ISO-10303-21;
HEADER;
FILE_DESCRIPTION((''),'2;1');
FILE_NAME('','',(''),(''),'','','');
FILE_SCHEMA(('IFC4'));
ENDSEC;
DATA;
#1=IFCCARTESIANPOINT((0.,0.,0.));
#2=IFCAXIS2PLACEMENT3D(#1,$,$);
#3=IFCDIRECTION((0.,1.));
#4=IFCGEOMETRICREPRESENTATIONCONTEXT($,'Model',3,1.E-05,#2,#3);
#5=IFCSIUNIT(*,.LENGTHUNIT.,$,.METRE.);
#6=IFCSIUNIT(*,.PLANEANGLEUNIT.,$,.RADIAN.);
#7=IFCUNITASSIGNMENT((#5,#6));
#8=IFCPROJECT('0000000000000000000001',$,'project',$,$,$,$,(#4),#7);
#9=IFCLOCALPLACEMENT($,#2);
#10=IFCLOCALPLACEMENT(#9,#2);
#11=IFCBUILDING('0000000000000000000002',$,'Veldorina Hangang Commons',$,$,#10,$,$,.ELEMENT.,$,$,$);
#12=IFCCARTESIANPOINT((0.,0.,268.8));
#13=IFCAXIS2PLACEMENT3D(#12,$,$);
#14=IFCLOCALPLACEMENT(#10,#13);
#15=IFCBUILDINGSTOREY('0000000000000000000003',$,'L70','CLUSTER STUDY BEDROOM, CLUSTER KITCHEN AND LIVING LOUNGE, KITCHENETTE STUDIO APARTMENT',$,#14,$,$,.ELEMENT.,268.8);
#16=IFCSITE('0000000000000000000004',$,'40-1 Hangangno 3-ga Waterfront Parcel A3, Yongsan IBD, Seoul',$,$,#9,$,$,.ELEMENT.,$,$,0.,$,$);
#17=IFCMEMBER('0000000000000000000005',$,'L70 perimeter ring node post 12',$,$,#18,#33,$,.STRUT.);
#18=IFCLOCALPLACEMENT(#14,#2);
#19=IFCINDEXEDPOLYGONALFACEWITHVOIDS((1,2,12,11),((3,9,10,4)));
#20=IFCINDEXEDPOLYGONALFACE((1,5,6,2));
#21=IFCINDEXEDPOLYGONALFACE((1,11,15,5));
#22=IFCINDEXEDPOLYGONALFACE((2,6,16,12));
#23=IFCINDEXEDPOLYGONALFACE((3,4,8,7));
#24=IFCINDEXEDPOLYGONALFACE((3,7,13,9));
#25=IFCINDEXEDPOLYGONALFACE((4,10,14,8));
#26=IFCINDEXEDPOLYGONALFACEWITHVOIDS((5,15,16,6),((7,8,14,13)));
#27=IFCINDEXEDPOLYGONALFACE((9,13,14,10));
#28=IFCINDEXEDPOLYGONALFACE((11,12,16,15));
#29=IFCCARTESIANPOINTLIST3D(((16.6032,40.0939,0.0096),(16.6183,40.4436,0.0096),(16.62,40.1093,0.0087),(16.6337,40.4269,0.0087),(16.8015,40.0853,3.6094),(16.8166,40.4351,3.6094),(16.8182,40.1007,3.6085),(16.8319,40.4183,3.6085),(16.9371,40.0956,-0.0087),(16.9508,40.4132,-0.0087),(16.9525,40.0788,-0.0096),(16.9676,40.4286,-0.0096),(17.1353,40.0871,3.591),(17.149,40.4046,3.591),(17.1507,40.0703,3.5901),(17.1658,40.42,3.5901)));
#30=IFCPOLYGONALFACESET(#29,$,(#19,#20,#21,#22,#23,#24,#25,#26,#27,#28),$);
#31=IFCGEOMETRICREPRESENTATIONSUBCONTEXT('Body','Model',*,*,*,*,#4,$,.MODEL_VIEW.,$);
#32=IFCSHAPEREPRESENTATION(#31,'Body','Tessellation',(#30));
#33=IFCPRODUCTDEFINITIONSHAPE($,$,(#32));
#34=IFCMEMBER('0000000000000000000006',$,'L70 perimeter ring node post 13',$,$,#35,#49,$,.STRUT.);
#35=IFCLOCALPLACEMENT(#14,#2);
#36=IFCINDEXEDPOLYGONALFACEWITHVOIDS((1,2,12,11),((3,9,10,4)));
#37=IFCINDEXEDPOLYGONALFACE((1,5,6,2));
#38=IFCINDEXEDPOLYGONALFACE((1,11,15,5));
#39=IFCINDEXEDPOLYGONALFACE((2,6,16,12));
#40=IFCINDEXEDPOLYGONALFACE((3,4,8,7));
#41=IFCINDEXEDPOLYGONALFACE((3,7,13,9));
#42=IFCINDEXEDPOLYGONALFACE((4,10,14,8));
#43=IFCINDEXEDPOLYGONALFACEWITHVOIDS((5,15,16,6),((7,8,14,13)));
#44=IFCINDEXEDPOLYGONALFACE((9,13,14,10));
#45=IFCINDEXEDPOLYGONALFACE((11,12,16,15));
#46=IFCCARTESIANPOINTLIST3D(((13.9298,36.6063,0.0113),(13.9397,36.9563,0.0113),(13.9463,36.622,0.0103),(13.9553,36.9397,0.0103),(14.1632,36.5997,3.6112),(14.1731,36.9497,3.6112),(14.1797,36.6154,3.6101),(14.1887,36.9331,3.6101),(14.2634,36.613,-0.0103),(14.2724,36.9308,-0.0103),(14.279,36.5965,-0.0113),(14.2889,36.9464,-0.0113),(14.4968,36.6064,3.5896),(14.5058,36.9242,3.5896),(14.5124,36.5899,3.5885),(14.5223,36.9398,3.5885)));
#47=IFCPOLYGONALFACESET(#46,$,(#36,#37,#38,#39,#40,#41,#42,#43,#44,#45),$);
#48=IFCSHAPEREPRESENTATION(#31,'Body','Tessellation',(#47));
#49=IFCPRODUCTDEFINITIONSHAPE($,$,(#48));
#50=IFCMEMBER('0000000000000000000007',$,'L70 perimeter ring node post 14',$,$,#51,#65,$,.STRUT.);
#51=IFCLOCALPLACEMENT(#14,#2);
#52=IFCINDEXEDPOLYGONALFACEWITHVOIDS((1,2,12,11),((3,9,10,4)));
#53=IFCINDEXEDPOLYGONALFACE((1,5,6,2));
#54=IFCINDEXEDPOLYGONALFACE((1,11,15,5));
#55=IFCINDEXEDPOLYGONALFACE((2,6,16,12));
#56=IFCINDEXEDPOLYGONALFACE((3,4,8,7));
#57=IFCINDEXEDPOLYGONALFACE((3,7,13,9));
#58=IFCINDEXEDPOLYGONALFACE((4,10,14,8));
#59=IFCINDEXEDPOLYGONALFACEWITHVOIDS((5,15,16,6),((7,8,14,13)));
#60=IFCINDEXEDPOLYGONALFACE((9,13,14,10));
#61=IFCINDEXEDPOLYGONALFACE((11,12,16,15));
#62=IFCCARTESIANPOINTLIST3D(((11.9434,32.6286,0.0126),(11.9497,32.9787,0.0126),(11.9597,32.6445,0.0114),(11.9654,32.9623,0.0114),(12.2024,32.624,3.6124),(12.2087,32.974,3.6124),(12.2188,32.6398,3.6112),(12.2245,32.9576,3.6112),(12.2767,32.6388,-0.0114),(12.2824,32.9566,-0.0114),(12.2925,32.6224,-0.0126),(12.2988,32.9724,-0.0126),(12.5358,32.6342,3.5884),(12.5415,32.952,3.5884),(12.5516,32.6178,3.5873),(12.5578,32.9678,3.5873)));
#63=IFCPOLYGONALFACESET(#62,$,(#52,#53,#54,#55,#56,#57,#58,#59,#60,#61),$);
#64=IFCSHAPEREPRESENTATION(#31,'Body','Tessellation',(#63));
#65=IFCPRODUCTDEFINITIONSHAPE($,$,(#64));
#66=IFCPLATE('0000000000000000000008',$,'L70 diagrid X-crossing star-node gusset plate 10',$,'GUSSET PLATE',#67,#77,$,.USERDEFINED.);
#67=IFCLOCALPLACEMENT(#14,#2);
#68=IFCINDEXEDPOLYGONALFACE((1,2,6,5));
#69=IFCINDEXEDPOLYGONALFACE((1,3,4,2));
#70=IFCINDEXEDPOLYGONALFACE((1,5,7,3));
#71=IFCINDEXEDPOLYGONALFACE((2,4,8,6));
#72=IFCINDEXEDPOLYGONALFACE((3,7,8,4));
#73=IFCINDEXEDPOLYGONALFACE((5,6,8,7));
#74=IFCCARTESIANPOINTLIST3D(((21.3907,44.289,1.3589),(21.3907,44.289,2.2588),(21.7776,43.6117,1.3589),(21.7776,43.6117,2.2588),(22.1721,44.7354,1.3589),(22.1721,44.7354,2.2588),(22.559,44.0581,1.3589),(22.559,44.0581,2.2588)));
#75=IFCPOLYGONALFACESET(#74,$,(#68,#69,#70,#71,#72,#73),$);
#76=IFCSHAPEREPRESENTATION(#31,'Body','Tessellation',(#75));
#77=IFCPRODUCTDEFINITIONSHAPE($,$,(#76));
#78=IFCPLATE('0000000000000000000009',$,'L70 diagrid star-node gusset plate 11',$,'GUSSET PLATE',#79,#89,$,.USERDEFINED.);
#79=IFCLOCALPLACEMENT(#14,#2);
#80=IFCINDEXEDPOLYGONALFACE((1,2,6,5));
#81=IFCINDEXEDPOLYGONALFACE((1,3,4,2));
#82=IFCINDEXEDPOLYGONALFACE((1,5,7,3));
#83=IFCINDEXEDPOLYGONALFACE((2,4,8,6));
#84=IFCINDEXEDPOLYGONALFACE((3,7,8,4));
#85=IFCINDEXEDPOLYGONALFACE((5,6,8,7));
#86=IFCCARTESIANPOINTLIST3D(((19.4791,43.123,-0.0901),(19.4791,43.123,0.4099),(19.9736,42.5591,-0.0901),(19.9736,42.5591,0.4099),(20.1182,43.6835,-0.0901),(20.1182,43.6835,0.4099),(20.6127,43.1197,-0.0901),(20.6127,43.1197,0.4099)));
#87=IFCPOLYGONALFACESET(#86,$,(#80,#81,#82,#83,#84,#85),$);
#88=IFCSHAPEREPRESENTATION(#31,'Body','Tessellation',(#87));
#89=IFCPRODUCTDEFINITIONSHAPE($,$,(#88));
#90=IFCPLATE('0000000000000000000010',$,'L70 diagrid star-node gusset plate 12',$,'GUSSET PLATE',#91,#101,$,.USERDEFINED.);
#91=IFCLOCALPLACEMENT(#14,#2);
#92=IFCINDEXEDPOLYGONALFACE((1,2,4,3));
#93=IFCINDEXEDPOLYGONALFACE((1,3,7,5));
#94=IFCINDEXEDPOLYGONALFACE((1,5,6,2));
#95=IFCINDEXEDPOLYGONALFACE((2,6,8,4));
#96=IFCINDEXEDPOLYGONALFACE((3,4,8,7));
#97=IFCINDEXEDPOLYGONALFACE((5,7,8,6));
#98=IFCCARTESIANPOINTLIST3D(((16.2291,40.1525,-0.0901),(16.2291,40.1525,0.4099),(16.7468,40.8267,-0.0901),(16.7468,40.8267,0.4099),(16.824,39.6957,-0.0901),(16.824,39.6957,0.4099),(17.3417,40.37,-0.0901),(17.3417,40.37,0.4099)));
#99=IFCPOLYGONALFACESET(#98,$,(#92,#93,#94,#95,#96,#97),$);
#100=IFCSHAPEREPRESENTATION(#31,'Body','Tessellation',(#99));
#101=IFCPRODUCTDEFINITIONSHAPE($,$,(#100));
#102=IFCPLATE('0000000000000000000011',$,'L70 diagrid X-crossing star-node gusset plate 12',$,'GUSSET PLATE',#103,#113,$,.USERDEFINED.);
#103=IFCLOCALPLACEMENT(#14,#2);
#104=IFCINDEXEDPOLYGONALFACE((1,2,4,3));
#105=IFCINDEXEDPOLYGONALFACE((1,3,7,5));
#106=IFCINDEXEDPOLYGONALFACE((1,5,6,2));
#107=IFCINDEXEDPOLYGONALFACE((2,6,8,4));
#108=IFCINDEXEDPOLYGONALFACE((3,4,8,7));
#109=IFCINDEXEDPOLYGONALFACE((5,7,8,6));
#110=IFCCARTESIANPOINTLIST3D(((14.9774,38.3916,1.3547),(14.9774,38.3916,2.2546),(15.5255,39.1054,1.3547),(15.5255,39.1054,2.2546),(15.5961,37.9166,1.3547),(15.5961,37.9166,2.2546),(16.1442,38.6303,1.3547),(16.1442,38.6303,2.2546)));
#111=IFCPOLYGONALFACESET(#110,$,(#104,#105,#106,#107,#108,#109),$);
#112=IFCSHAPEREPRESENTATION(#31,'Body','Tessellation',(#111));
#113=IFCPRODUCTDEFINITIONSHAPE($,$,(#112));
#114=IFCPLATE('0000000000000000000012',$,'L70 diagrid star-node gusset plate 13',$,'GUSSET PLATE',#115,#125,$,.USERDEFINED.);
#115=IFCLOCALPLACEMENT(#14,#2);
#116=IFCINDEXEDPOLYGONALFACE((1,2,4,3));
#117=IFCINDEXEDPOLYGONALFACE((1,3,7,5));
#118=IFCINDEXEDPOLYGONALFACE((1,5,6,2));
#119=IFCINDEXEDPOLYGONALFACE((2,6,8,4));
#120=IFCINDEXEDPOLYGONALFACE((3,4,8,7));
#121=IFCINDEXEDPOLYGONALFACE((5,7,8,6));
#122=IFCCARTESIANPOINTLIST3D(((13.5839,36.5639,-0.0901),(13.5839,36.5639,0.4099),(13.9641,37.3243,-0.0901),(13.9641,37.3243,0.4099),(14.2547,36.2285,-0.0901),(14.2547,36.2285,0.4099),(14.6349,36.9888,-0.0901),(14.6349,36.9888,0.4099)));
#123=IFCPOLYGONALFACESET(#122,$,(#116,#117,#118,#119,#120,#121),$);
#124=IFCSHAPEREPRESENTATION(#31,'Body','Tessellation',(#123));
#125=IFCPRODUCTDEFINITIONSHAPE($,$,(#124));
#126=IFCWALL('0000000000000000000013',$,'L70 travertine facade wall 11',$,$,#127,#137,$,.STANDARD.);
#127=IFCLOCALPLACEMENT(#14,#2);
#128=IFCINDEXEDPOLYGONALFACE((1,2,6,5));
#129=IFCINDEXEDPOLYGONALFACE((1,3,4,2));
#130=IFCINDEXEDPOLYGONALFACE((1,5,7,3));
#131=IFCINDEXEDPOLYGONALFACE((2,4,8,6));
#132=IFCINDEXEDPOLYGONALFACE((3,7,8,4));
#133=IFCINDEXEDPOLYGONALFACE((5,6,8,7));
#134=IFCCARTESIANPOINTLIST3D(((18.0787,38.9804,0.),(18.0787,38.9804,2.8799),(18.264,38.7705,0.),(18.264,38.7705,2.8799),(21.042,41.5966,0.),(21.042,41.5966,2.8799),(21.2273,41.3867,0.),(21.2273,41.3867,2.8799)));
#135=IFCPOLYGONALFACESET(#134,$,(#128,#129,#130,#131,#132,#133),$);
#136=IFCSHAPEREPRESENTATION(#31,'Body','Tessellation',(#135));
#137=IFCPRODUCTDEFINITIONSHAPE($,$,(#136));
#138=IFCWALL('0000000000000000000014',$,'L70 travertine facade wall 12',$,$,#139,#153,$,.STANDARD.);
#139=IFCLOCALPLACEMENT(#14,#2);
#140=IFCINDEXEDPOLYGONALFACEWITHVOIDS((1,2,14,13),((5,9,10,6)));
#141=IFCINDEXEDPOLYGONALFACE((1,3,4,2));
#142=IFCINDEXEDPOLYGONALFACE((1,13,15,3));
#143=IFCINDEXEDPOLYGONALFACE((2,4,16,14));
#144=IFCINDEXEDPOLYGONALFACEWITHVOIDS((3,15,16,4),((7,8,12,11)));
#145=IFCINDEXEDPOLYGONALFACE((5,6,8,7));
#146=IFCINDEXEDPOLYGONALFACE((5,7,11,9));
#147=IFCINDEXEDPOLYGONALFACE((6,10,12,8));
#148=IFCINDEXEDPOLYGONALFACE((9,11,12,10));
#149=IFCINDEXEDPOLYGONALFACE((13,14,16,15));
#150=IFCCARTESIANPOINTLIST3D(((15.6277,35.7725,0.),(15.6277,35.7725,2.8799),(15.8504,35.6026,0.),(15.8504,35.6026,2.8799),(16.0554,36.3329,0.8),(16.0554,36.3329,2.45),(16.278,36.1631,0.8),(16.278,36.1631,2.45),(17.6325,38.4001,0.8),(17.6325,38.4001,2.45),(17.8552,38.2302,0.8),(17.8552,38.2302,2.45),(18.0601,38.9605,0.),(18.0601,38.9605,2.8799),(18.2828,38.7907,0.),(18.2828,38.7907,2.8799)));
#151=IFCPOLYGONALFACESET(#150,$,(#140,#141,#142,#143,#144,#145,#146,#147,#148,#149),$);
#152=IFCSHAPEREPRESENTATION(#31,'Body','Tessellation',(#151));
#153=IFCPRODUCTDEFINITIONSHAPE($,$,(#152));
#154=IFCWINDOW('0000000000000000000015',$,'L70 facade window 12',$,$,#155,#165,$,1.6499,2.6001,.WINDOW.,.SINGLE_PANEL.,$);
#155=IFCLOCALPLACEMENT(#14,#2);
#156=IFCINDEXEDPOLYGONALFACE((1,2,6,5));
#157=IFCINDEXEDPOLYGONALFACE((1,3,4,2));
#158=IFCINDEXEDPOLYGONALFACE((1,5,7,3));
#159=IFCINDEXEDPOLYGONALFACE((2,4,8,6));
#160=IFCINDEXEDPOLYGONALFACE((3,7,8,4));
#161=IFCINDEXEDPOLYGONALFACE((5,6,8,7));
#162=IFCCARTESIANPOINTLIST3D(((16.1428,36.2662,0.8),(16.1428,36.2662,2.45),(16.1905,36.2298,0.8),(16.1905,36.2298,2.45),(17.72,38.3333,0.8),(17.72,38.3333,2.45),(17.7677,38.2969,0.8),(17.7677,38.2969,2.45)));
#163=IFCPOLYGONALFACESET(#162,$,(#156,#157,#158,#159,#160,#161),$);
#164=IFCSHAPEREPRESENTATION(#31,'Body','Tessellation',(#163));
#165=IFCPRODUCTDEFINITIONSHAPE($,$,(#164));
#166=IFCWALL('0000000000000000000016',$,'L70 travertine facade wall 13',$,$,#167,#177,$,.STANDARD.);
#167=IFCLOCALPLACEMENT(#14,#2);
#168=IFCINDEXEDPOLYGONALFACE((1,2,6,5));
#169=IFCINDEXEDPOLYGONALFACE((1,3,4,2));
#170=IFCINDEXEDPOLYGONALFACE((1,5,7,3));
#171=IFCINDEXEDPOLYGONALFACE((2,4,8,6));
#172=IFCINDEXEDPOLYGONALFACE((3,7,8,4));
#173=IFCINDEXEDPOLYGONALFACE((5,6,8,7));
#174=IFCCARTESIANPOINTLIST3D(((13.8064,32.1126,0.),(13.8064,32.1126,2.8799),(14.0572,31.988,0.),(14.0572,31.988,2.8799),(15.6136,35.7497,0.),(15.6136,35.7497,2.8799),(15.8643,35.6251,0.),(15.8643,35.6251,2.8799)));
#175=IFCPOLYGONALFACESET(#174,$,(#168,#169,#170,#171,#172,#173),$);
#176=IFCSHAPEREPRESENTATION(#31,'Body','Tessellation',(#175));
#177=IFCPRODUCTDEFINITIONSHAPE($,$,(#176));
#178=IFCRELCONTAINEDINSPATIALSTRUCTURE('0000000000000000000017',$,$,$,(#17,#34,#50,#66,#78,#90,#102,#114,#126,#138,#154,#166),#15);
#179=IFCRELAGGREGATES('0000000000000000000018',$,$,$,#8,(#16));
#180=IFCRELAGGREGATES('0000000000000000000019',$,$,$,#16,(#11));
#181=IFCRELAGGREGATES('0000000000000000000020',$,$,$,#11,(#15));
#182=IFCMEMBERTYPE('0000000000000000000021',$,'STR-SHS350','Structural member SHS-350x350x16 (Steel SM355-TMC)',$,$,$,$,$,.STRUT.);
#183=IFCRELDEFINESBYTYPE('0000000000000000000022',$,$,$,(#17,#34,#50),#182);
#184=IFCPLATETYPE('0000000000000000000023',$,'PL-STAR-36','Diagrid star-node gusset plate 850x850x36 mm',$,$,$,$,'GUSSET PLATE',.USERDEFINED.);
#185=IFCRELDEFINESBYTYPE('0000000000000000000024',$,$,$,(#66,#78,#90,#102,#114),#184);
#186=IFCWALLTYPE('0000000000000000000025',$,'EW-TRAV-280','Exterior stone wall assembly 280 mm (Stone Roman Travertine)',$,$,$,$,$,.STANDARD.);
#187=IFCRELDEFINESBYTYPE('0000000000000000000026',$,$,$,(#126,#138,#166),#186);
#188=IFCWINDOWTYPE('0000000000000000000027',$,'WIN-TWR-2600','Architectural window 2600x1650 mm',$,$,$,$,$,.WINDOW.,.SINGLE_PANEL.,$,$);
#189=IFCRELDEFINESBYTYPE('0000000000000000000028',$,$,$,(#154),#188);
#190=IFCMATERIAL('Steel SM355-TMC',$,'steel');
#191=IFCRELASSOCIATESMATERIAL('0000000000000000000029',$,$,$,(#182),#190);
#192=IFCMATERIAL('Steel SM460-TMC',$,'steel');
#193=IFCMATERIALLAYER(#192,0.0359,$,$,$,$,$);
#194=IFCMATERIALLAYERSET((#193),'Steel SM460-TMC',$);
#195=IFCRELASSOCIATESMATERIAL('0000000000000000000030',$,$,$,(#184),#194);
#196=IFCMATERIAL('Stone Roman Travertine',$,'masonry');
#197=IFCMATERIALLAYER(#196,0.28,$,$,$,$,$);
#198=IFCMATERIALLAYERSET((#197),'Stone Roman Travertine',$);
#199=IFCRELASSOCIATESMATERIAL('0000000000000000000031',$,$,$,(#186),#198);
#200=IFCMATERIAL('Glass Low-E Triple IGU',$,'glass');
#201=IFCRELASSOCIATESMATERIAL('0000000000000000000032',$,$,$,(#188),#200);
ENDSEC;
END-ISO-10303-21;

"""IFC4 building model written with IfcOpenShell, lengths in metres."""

from ifc_helpers import new_model, si_unit, direction, frame, frame_2d, origin, origin_2d, place, context, subcontext, project, spatial, rectangle, hollow_rectangle, extrude, material, layer, layer_set, material_profile, profile_set, type_object, element, fill, save


model = new_model("IFC4")

# Units and contexts
model_context = context("Model", 3, precision=1e-05, world=origin(), true_north=direction((0.0, 1.0)))
body_context = subcontext(model_context, "Body", "Model", "MODEL_VIEW")
ifc_project = project(units=[si_unit("LENGTHUNIT", "METRE"), si_unit("PLANEANGLEUNIT", "RADIAN")], contexts=[model_context])

# Site, building, storey
site_placement = place(None, origin())
site = spatial("IfcSite", under=ifc_project, at=site_placement, Name="40-1 Hangangno 3-ga Waterfront Parcel A3, Yongsan IBD, Seoul", CompositionType="ELEMENT", RefElevation=0.0)
building_placement = place(site_placement, origin())
building = spatial("IfcBuilding", under=site, at=building_placement, Name="Veldorina Hangang Commons", CompositionType="ELEMENT")
storey_placement = place(building_placement, frame((0.0, 0.0, 268.8)))
storey = spatial("IfcBuildingStorey", under=building, at=storey_placement, Name="L70", Description="CLUSTER STUDY BEDROOM, CLUSTER KITCHEN AND LIVING LOUNGE, KITCHENETTE STUDIO APARTMENT", CompositionType="ELEMENT", Elevation=268.8)

# Shared definitions
ifc_material_1 = material(Name="Steel SM355-TMC", Category="steel")

# Members
ifc_material_profile_1 = material_profile(ifc_material_1, hollow_rectangle(XDim=0.3501, YDim=0.3501, WallThickness=0.0161, at=origin_2d()), Name="SHS-350x350x16")
ifc_profile_set_1 = profile_set([ifc_material_profile_1], Name="Steel SM355-TMC")
member_type_1 = type_object("IfcMemberType", Name="STR-SHS350", Description="Structural member SHS-350x350x16 (Steel SM355-TMC)", PredefinedType="STRUT", material=ifc_profile_set_1)
member_1_placement = place(storey_placement, frame((16.7854, 40.2612, 0.0), z_axis=(0.054986, -0.00237, 0.998484), x_axis=(0.043063, 0.999072, 0.0)))
element("IfcMember", 1, at=member_1_placement, inside=storey, type_object=member_type_1, Name="L70 perimeter ring node post 12", PredefinedType="STRUT", context=body_context, shape_type="SweptSolid", body=[
    extrude(hollow_rectangle(XDim=0.3501, YDim=0.3501, WallThickness=0.0161, at=origin_2d()), origin(), (0.0, 0.0, 1.0), 3.6052),
])
member_2_placement = place(storey_placement, frame((14.1094, 36.7764, 0.0), z_axis=(0.0647, -0.001827, 0.997903), x_axis=(0.028231, 0.999601, 0.0)))
element("IfcMember", 2, at=member_2_placement, inside=storey, type_object=member_type_1, Name="L70 perimeter ring node post 13", PredefinedType="STRUT", context=body_context, shape_type="SweptSolid", body=[
    extrude(hollow_rectangle(XDim=0.3501, YDim=0.3501, WallThickness=0.0161, at=origin_2d()), origin(), (0.0, 0.0, 1.0), 3.6074),
])
member_3_placement = place(storey_placement, frame((12.1211, 32.8005, 0.0), z_axis=(0.071771, -0.001285, 0.99742), x_axis=(0.017905, 0.99984, 0.0)))
element("IfcMember", 3, at=member_3_placement, inside=storey, type_object=member_type_1, Name="L70 perimeter ring node post 14", PredefinedType="STRUT", context=body_context, shape_type="SweptSolid", body=[
    extrude(hollow_rectangle(XDim=0.3501, YDim=0.3501, WallThickness=0.0161, at=origin_2d()), origin(), (0.0, 0.0, 1.0), 3.6091),
])

# Plates
ifc_material_2 = material(Name="Steel SM460-TMC", Category="steel")
ifc_layer_1 = layer(ifc_material_2, 0.0359)
ifc_layer_set_1 = layer_set([ifc_layer_1], Name="Steel SM460-TMC")
plate_type = type_object("IfcPlateType", Name="PL-STAR-36", Description="Diagrid star-node gusset plate 850x850x36 mm", ElementType="GUSSET PLATE", PredefinedType="USERDEFINED", material=ifc_layer_set_1)
plate_1_placement = place(storey_placement, frame((21.9749, 44.1736, 1.3589), z_axis=(0.0, 0.0, 1.0), x_axis=(-0.868294, -0.49605, 0.0)))
element("IfcPlate", 4, at=plate_1_placement, inside=storey, type_object=plate_type, Name="L70 diagrid X-crossing star-node gusset plate 10", ObjectType="GUSSET PLATE", PredefinedType="USERDEFINED", context=body_context, shape_type="SweptSolid", body=[
    extrude(rectangle(XDim=0.8999, YDim=0.78, at=origin_2d()), origin(), (0.0, 0.0, 1.0), 0.8999),
])
for number, where, z_axis, x_axis, name in (
    (5, (20.0459, 43.1213, -0.0901), (0.0, 0.0, 1.0), (-0.751782, -0.659411, 0.0), "L70 diagrid star-node gusset plate 11"),
    (6, (16.7854, 40.2612, -0.0901), (0.0, 0.0, 1.0), (-0.609024, -0.793151, 0.0), "L70 diagrid star-node gusset plate 12"),
):
    element("IfcPlate", number, at=place(storey_placement, frame(where, z_axis=z_axis, x_axis=x_axis)), inside=storey, type_object=plate_type, Name=name, ObjectType="GUSSET PLATE", PredefinedType="USERDEFINED", context=body_context, shape_type="SweptSolid", body=[
        extrude(rectangle(XDim=0.8501, YDim=0.75, at=origin_2d()), origin(), (0.0, 0.0, 1.0), 0.5),
    ])
plate_2_placement = place(storey_placement, frame((15.5608, 38.511, 1.3547), z_axis=(0.0, 0.0, 1.0), x_axis=(-0.609024, -0.793151, 0.0)))
element("IfcPlate", 7, at=plate_2_placement, inside=storey, type_object=plate_type, Name="L70 diagrid X-crossing star-node gusset plate 12", ObjectType="GUSSET PLATE", PredefinedType="USERDEFINED", context=body_context, shape_type="SweptSolid", body=[
    extrude(rectangle(XDim=0.8999, YDim=0.78, at=origin_2d()), origin(), (0.0, 0.0, 1.0), 0.8999),
])
plate_3_placement = place(storey_placement, frame((14.1094, 36.7764, -0.0901), z_axis=(0.0, 0.0, 1.0), x_axis=(-0.447291, -0.894389, 0.0)))
element("IfcPlate", 8, at=plate_3_placement, inside=storey, type_object=plate_type, Name="L70 diagrid star-node gusset plate 13", ObjectType="GUSSET PLATE", PredefinedType="USERDEFINED", context=body_context, shape_type="SweptSolid", body=[
    extrude(rectangle(XDim=0.8501, YDim=0.75, at=origin_2d()), origin(), (0.0, 0.0, 1.0), 0.5),
])

# Wall
ifc_material_3 = material(Name="Stone Roman Travertine", Category="masonry")
ifc_layer_2 = layer(ifc_material_3, 0.28)
ifc_layer_set_2 = layer_set([ifc_layer_2], Name="Stone Roman Travertine")
wall_type_1 = type_object("IfcWallType", Name="EW-TRAV-280", Description="Exterior stone wall assembly 280 mm (Stone Roman Travertine)", PredefinedType="STANDARD", material=ifc_layer_set_2)
wall_1_placement = place(storey_placement, frame((21.1348, 41.4917, 0.0), z_axis=(0.0, 0.0, 1.0), x_axis=(-0.749654, -0.66183, 0.0)))
element("IfcWall", 9, at=wall_1_placement, inside=storey, type_object=wall_type_1, Name="L70 travertine facade wall 11", PredefinedType="STANDARD", context=body_context, shape_type="SweptSolid", body=[
    extrude(rectangle(XDim=3.9529, YDim=0.28, at=frame_2d((1.9766, 0.0))), origin(), (0.0, 0.0, 1.0), 2.8799),
])

# Wall, opening, window
wall_2_placement = place(storey_placement, frame((18.1714, 38.8755, 0.0), z_axis=(0.0, 0.0, 1.0), x_axis=(-0.606584, -0.795019, 0.0)))
wall_2 = element("IfcWall", 10, at=wall_2_placement, inside=storey, type_object=wall_type_1, Name="L70 travertine facade wall 12", PredefinedType="STANDARD", context=body_context, shape_type="SweptSolid", body=[
    extrude(rectangle(XDim=4.01, YDim=0.28, at=frame_2d((2.0049, 0.0))), origin(), (0.0, 0.0, 1.0), 2.8799),
])
opening_1_placement = place(wall_2_placement, frame((0.7048, 0.0, 0.8)))
opening_1 = element("IfcOpeningElement", 11, at=opening_1_placement, cuts=wall_2, PredefinedType="OPENING", context=body_context, shape_type="SweptSolid", body=[
    extrude(rectangle(XDim=2.6001, YDim=1.6499, at=frame_2d((1.3, 0.825))), frame((0.0, 0.1499, 0.0), z_axis=(0.0, -1.0, 0.0), x_axis=(1.0, 0.0, 0.0)), (0.0, 0.0, 1.0), 0.3),
])
ifc_material_4 = material(Name="Glass Low-E Triple IGU", Category="glass")
window_type = type_object("IfcWindowType", Name="WIN-TWR-2600", Description="Architectural window 2600x1650 mm", PartitioningType="SINGLE_PANEL", PredefinedType="WINDOW", material=ifc_material_4)
window_placement = place(opening_1_placement, origin())
window = element("IfcWindow", 12, at=window_placement, inside=storey, type_object=window_type, Name="L70 facade window 12", OverallHeight=1.6499, OverallWidth=2.6001, PartitioningType="SINGLE_PANEL", PredefinedType="WINDOW", context=body_context, shape_type="SweptSolid", body=[
    extrude(rectangle(XDim=2.6001, YDim=1.6499, at=frame_2d((1.3, 0.825))), frame((0.0, 0.03, 0.0), z_axis=(0.0, -1.0, 0.0), x_axis=(1.0, 0.0, 0.0)), (0.0, 0.0, 1.0), 0.0601),
])
fill(opening_1, window)

# Wall
wall_3_placement = place(storey_placement, frame((15.739, 35.6875, 0.0), z_axis=(0.0, 0.0, 1.0), x_axis=(-0.444976, -0.895543, 0.0)))
element("IfcWall", 13, at=wall_3_placement, inside=storey, type_object=wall_type_1, Name="L70 travertine facade wall 13", PredefinedType="STANDARD", context=body_context, shape_type="SweptSolid", body=[
    extrude(rectangle(XDim=4.0613, YDim=0.28, at=frame_2d((2.0308, 0.0))), origin(), (0.0, 0.0, 1.0), 2.8799),
])

save(model, "model.ifc")
